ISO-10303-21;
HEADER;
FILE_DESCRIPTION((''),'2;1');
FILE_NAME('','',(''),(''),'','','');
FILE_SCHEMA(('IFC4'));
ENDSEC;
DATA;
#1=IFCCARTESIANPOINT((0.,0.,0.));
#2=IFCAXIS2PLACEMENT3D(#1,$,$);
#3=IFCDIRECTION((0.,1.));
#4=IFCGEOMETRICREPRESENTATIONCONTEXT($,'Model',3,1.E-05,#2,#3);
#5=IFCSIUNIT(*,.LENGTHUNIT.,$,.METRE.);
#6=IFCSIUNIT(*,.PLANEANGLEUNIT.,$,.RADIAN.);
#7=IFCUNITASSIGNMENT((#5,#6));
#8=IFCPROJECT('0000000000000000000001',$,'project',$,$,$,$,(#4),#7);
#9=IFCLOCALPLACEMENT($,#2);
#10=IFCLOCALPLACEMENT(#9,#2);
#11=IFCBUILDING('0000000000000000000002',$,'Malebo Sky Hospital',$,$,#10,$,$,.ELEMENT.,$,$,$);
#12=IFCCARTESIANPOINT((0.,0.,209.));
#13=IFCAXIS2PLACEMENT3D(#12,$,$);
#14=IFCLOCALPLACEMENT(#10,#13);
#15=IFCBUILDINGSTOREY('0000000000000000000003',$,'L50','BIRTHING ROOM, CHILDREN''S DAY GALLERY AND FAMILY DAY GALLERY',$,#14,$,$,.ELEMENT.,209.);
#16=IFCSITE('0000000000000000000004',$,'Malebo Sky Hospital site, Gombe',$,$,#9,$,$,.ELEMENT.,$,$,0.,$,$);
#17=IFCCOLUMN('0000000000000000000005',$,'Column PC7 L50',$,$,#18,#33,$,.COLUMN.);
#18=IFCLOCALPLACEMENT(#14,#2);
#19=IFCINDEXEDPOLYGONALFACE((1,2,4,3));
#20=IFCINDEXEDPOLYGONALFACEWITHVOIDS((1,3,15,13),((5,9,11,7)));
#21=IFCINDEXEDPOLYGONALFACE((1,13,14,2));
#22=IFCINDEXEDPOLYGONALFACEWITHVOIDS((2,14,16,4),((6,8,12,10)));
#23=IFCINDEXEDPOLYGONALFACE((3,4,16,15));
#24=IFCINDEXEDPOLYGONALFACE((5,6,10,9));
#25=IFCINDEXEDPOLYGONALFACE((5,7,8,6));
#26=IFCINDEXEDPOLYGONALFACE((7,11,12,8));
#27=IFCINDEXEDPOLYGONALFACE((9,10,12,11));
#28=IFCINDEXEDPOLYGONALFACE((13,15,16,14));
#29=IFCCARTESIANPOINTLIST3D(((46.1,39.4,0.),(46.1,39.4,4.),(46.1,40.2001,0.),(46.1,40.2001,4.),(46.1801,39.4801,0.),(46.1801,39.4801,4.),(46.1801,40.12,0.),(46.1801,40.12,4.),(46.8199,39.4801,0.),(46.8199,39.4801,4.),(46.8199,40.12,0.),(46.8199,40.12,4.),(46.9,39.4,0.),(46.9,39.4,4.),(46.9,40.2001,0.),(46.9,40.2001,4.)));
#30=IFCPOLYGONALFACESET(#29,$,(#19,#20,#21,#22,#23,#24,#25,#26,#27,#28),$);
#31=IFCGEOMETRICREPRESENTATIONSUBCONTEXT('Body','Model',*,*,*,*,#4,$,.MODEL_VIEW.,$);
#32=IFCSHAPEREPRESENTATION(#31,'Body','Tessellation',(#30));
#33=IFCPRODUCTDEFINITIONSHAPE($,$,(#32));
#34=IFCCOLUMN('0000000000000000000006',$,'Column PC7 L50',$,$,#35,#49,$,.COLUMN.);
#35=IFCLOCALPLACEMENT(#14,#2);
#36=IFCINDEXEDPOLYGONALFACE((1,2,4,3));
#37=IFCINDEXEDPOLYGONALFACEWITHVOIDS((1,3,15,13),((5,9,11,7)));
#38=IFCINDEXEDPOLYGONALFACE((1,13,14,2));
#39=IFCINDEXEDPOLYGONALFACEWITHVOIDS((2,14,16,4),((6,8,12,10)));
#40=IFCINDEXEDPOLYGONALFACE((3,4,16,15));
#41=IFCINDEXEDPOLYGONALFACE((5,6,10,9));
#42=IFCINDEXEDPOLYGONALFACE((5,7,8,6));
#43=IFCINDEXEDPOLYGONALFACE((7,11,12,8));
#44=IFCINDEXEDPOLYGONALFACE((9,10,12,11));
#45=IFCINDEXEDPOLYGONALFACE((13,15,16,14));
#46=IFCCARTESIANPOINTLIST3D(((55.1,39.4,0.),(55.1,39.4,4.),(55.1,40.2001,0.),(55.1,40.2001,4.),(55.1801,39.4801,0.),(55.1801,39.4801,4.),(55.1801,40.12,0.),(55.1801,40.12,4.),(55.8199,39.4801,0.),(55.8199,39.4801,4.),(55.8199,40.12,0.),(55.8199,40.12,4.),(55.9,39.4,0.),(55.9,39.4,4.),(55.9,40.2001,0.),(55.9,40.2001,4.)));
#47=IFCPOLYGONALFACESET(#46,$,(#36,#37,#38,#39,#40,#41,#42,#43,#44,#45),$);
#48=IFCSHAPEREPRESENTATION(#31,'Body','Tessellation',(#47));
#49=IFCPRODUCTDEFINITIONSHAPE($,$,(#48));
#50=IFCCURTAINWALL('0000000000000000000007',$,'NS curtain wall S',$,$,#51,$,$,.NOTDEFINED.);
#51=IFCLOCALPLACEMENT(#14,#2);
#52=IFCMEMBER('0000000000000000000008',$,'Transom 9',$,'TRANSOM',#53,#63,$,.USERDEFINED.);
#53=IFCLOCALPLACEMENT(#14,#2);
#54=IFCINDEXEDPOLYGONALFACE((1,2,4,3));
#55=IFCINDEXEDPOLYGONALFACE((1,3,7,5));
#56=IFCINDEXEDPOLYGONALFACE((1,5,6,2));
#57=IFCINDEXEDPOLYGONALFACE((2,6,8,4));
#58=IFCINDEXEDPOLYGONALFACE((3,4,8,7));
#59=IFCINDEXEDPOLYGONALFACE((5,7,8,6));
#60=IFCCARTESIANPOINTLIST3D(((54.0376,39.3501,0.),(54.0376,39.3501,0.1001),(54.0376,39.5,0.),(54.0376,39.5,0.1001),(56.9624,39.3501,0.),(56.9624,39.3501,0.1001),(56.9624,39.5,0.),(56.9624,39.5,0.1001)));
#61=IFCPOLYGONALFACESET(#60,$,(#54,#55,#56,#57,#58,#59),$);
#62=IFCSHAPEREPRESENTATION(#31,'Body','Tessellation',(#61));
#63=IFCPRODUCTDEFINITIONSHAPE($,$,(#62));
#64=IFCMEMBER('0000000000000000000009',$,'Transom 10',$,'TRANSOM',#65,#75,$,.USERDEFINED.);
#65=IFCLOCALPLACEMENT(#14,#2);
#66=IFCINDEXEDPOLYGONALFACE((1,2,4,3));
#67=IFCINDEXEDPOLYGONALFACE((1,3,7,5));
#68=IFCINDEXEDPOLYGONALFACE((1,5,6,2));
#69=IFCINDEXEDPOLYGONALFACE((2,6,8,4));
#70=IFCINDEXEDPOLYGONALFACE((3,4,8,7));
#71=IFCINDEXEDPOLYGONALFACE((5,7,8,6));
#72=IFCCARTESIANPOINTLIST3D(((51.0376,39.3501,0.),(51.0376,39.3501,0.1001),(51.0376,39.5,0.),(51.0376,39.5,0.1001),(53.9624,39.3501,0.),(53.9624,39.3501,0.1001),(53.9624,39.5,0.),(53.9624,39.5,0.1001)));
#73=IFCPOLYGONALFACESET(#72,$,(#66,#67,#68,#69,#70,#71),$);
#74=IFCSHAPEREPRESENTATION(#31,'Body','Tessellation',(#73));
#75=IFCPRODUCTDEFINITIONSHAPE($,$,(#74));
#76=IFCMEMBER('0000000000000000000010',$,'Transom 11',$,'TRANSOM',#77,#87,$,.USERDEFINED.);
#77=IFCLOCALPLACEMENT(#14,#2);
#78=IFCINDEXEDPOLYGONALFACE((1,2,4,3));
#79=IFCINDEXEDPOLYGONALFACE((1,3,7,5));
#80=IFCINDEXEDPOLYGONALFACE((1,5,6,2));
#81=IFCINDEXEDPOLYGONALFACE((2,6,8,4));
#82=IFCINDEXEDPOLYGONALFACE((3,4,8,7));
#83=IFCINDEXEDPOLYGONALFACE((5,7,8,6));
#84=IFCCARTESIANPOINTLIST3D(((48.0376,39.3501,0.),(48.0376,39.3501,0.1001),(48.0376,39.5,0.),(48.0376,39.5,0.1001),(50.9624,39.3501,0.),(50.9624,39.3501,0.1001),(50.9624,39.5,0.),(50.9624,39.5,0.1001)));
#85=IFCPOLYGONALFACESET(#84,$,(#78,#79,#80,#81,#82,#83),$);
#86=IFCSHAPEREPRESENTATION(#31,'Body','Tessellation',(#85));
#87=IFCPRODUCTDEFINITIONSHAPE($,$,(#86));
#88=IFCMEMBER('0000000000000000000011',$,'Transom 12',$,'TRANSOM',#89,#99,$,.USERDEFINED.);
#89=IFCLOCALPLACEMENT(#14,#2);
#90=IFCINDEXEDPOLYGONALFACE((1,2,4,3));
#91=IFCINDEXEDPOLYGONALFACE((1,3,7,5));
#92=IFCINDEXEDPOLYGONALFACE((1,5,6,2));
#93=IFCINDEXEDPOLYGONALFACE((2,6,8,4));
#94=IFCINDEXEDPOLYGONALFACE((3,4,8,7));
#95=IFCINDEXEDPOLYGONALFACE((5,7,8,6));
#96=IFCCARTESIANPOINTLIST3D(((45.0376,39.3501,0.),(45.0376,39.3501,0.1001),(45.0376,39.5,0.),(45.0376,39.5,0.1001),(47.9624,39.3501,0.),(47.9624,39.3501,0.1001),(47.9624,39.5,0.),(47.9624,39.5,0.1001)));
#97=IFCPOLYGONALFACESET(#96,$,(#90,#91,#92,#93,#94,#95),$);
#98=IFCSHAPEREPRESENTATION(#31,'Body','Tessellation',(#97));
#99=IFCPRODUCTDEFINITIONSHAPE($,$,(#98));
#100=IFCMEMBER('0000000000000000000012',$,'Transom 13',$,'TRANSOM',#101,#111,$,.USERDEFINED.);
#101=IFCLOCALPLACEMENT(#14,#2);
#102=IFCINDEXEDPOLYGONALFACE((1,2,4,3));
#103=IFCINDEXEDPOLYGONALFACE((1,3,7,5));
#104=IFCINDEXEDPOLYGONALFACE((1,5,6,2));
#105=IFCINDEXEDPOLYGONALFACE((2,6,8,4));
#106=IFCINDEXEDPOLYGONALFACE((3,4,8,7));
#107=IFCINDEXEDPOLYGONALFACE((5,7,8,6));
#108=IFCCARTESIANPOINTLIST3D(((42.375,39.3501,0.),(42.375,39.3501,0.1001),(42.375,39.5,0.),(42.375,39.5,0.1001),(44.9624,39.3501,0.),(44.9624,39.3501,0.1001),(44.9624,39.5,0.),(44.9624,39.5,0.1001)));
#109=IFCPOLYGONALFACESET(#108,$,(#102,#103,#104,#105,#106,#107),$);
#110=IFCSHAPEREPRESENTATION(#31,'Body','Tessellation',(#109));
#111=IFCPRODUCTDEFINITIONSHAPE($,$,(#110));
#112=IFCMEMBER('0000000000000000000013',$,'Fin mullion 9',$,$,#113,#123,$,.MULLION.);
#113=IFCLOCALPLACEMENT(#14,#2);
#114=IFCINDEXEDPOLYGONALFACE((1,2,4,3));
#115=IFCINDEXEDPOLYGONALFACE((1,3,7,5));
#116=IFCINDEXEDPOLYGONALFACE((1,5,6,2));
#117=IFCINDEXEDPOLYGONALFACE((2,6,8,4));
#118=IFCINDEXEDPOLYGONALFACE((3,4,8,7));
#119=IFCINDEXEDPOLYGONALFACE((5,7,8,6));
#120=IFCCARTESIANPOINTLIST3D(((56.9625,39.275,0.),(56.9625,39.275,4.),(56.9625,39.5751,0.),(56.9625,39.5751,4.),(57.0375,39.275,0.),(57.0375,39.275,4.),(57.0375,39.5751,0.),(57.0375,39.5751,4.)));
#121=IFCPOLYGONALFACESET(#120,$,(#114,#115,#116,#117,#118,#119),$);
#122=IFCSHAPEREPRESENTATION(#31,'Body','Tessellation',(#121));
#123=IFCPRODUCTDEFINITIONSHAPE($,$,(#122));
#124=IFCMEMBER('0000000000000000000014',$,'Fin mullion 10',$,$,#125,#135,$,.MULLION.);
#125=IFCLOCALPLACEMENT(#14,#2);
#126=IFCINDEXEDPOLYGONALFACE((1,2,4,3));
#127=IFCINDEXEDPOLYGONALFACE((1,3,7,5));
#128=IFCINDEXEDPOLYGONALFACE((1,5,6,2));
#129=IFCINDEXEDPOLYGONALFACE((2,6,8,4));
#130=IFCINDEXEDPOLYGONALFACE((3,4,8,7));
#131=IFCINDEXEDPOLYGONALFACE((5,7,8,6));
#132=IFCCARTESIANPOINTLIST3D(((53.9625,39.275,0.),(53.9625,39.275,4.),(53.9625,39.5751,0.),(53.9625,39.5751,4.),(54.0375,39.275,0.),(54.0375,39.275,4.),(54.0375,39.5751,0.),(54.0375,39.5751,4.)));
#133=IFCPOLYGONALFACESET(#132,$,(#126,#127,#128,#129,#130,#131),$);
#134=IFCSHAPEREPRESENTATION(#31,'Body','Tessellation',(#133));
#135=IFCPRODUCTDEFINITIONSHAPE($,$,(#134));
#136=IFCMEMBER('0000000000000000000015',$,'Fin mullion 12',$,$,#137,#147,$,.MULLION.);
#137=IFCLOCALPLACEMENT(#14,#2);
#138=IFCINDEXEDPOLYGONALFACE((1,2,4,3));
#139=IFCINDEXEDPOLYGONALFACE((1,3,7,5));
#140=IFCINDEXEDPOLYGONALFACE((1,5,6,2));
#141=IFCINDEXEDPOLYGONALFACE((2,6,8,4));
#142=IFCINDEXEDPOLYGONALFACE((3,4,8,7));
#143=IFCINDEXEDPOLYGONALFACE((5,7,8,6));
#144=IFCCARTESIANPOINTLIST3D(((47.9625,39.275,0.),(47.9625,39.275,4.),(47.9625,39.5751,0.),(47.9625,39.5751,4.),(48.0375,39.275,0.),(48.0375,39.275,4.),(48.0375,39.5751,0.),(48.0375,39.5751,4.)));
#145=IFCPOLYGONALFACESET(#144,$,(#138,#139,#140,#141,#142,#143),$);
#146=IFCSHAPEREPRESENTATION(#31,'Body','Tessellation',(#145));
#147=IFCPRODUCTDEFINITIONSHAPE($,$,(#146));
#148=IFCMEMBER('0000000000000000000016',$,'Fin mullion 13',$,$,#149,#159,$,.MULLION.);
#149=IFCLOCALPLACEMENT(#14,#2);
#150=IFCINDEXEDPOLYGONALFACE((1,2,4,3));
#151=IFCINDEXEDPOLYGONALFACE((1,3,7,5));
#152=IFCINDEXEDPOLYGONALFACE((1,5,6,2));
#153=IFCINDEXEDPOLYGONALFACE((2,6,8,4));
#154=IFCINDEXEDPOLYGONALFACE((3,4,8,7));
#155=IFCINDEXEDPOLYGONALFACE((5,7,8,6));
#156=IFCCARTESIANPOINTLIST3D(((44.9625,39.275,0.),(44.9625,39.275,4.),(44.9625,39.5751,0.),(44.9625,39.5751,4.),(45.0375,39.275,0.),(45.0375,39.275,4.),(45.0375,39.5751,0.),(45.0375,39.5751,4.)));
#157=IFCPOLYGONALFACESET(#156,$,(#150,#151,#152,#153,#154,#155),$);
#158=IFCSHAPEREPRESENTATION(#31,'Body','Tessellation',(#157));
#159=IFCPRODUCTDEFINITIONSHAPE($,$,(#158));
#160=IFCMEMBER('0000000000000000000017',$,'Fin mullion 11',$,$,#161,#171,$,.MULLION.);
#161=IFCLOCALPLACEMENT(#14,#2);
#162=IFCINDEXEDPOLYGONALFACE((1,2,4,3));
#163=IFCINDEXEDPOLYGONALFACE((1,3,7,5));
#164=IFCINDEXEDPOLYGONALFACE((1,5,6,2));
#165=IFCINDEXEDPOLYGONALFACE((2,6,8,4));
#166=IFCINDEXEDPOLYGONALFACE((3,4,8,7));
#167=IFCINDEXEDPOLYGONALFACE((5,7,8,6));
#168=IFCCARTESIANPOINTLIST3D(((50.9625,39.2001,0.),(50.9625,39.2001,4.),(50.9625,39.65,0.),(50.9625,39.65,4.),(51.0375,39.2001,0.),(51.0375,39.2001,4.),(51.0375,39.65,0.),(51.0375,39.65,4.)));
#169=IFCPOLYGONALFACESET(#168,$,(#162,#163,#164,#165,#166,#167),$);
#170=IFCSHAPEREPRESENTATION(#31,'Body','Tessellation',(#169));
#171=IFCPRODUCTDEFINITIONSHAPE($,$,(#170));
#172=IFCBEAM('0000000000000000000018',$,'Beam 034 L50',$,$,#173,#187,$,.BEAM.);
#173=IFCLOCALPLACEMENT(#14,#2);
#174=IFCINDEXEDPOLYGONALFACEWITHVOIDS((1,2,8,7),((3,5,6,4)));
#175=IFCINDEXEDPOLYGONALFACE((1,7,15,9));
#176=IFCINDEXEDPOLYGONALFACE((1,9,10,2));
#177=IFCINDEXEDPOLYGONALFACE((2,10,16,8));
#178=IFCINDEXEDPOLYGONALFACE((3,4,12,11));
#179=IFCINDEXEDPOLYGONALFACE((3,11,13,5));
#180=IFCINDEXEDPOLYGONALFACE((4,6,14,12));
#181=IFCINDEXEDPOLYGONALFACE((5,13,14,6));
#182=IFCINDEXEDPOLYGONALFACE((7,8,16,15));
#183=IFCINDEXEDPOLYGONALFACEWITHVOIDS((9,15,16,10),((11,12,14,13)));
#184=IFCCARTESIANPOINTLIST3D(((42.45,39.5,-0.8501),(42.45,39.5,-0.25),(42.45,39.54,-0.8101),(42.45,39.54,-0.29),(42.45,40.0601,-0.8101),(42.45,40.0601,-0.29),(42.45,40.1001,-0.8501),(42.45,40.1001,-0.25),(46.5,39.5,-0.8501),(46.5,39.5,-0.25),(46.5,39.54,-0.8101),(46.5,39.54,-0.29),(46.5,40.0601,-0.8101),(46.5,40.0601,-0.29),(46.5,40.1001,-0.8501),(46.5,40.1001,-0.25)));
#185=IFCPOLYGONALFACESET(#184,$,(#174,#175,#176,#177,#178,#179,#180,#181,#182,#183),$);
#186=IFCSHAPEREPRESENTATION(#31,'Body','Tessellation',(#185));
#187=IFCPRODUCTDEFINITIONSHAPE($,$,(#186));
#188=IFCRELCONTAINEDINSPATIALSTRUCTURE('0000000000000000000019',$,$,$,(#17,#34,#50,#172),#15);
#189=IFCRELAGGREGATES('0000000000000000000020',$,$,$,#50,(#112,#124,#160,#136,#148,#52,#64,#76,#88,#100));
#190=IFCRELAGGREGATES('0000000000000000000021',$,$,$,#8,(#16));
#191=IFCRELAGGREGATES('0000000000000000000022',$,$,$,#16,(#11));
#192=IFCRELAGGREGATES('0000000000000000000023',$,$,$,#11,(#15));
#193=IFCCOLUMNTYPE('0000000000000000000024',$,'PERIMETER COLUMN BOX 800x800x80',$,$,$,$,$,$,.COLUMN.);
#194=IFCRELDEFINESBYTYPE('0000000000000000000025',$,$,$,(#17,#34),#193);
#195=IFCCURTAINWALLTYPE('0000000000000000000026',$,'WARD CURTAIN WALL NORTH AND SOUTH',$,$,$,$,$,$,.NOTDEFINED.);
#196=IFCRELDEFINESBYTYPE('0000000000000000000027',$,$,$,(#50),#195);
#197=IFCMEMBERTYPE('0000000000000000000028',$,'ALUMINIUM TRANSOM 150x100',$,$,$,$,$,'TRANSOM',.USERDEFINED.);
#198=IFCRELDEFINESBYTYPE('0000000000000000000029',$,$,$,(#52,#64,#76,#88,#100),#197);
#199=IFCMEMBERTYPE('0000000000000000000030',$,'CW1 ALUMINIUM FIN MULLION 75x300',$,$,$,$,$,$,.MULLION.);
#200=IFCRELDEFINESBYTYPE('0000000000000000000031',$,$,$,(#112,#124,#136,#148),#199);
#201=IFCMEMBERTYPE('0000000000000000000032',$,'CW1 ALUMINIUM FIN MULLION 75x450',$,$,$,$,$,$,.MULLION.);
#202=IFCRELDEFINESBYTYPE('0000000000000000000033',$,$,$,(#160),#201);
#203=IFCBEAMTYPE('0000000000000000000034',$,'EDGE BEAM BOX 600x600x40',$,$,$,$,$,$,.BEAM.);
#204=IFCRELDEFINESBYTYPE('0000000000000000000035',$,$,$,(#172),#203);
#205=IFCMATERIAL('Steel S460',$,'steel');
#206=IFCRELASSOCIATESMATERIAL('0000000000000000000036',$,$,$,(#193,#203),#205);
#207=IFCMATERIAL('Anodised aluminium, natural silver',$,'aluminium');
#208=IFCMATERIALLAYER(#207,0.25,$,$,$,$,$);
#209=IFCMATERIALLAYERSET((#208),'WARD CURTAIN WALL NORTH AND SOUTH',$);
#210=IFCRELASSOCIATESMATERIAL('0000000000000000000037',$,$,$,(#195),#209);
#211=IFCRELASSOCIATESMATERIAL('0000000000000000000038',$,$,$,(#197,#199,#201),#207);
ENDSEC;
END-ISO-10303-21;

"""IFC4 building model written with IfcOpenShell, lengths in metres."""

from ifc_helpers import new_model, si_unit, direction, frame, origin, origin_2d, place, context, subcontext, project, spatial, rectangle, hollow_rectangle, extrude, material, layer, layer_set, material_profile, profile_set, type_object, element, aggregate, save


model = new_model("IFC4")

# Units and contexts
model_context = context("Model", 3, precision=1e-05, world=origin(), true_north=direction((0.0, 1.0)))
body_context = subcontext(model_context, "Body", "Model", "MODEL_VIEW")
ifc_project = project(units=[si_unit("LENGTHUNIT", "METRE"), si_unit("PLANEANGLEUNIT", "RADIAN")], contexts=[model_context])

# Site, building, storey
site_placement = place(None, origin())
site = spatial("IfcSite", under=ifc_project, at=site_placement, Name="Malebo Sky Hospital site, Gombe", CompositionType="ELEMENT", RefElevation=0.0)
building_placement = place(site_placement, origin())
building = spatial("IfcBuilding", under=site, at=building_placement, Name="Malebo Sky Hospital", CompositionType="ELEMENT")
storey_placement = place(building_placement, frame((0.0, 0.0, 209.0)))
storey = spatial("IfcBuildingStorey", under=building, at=storey_placement, Name="L50", Description="BIRTHING ROOM, CHILDREN'S DAY GALLERY AND FAMILY DAY GALLERY", CompositionType="ELEMENT", Elevation=209.0)

# Columns
ifc_material_1 = material(Name="Steel S460", Category="steel")
ifc_material_profile_1 = material_profile(ifc_material_1, hollow_rectangle(XDim=0.8, YDim=0.8, WallThickness=0.0801, at=origin_2d()), Name="BOX 800x800x80")
ifc_profile_set_1 = profile_set([ifc_material_profile_1], Name="Steel S460")
column_type = type_object("IfcColumnType", Name="PERIMETER COLUMN BOX 800x800x80", PredefinedType="COLUMN", material=ifc_profile_set_1)
for number, where, z_axis, x_axis, name in (
    (1, (46.5, 39.8, 0.0), (0.0, 0.0, 1.0), (1.0, 0.0, 0.0), "Column PC7 L50"),
    (2, (55.5, 39.8, 0.0), (0.0, 0.0, 1.0), (1.0, 0.0, 0.0), "Column PC7 L50"),
):
    element("IfcColumn", number, at=place(storey_placement, frame(where, z_axis=z_axis, x_axis=x_axis)), inside=storey, type_object=column_type, Name=name, PredefinedType="COLUMN", context=body_context, shape_type="SweptSolid", body=[
        extrude(hollow_rectangle(XDim=0.8, YDim=0.8, WallThickness=0.0801, at=origin_2d()), origin(), (0.0, 0.0, 1.0), 4.0),
    ])

# Curtain wall, members
ifc_material_2 = material(Name="Anodised aluminium, natural silver", Category="aluminium")
ifc_layer_1 = layer(ifc_material_2, 0.25)
ifc_layer_set_1 = layer_set([ifc_layer_1], Name="WARD CURTAIN WALL NORTH AND SOUTH")
curtain_wall_type = type_object("IfcCurtainWallType", Name="WARD CURTAIN WALL NORTH AND SOUTH", PredefinedType="NOTDEFINED", material=ifc_layer_set_1)
curtain_wall_placement = place(storey_placement, origin())
curtain_wall = element("IfcCurtainWall", 3, at=curtain_wall_placement, inside=storey, type_object=curtain_wall_type, Name="NS curtain wall S", PredefinedType="NOTDEFINED")
ifc_material_profile_2 = material_profile(ifc_material_2, rectangle(XDim=0.1499, YDim=0.1001, at=origin_2d()), Name="ALUMINIUM TRANSOM 150x100")
ifc_profile_set_2 = profile_set([ifc_material_profile_2], Name="Anodised aluminium, natural silver")
member_type_1 = type_object("IfcMemberType", Name="ALUMINIUM TRANSOM 150x100", ElementType="TRANSOM", PredefinedType="USERDEFINED", material=ifc_profile_set_2)
member_1_placement = place(storey_placement, frame((56.9624, 39.425, 0.05), z_axis=(-1.0, 0.0, 0.0), x_axis=(0.0, -1.0, 0.0)))
member_1 = element("IfcMember", 4, at=member_1_placement, type_object=member_type_1, Name="Transom 9", ObjectType="TRANSOM", PredefinedType="USERDEFINED", context=body_context, shape_type="SweptSolid", body=[
    extrude(rectangle(XDim=0.1499, YDim=0.1001, at=origin_2d()), origin(), (0.0, 0.0, 1.0), 2.9248),
])
member_2_placement = place(storey_placement, frame((53.9624, 39.425, 0.05), z_axis=(-1.0, 0.0, 0.0), x_axis=(0.0, -1.0, 0.0)))
member_2 = element("IfcMember", 5, at=member_2_placement, type_object=member_type_1, Name="Transom 10", ObjectType="TRANSOM", PredefinedType="USERDEFINED", context=body_context, shape_type="SweptSolid", body=[
    extrude(rectangle(XDim=0.1499, YDim=0.1001, at=origin_2d()), origin(), (0.0, 0.0, 1.0), 2.9248),
])
member_3_placement = place(storey_placement, frame((50.9624, 39.425, 0.05), z_axis=(-1.0, 0.0, 0.0), x_axis=(0.0, -1.0, 0.0)))
member_3 = element("IfcMember", 6, at=member_3_placement, type_object=member_type_1, Name="Transom 11", ObjectType="TRANSOM", PredefinedType="USERDEFINED", context=body_context, shape_type="SweptSolid", body=[
    extrude(rectangle(XDim=0.1499, YDim=0.1001, at=origin_2d()), origin(), (0.0, 0.0, 1.0), 2.9248),
])
member_4_placement = place(storey_placement, frame((47.9624, 39.425, 0.05), z_axis=(-1.0, 0.0, 0.0), x_axis=(0.0, -1.0, 0.0)))
member_4 = element("IfcMember", 7, at=member_4_placement, type_object=member_type_1, Name="Transom 12", ObjectType="TRANSOM", PredefinedType="USERDEFINED", context=body_context, shape_type="SweptSolid", body=[
    extrude(rectangle(XDim=0.1499, YDim=0.1001, at=origin_2d()), origin(), (0.0, 0.0, 1.0), 2.9248),
])
member_5_placement = place(storey_placement, frame((44.9624, 39.425, 0.05), z_axis=(-1.0, 0.0, 0.0), x_axis=(0.0, -1.0, 0.0)))
member_5 = element("IfcMember", 8, at=member_5_placement, type_object=member_type_1, Name="Transom 13", ObjectType="TRANSOM", PredefinedType="USERDEFINED", context=body_context, shape_type="SweptSolid", body=[
    extrude(rectangle(XDim=0.1499, YDim=0.1001, at=origin_2d()), origin(), (0.0, 0.0, 1.0), 2.5874),
])
ifc_material_profile_3 = material_profile(ifc_material_2, rectangle(XDim=0.075, YDim=0.3, at=origin_2d()), Name="CW1 ALUMINIUM FIN MULLION 75x300")
ifc_profile_set_3 = profile_set([ifc_material_profile_3], Name="Anodised aluminium, natural silver")
member_type_2 = type_object("IfcMemberType", Name="CW1 ALUMINIUM FIN MULLION 75x300", PredefinedType="MULLION", material=ifc_profile_set_3)
member_6_placement = place(storey_placement, frame((57.0, 39.425, 0.0), z_axis=(0.0, 0.0, 1.0), x_axis=(-1.0, 0.0, 0.0)))
member_6 = element("IfcMember", 9, at=member_6_placement, type_object=member_type_2, Name="Fin mullion 9", PredefinedType="MULLION", context=body_context, shape_type="SweptSolid", body=[
    extrude(rectangle(XDim=0.075, YDim=0.3, at=origin_2d()), origin(), (0.0, 0.0, 1.0), 4.0),
])
member_7_placement = place(storey_placement, frame((54.0, 39.425, 0.0), z_axis=(0.0, 0.0, 1.0), x_axis=(-1.0, 0.0, 0.0)))
member_7 = element("IfcMember", 10, at=member_7_placement, type_object=member_type_2, Name="Fin mullion 10", PredefinedType="MULLION", context=body_context, shape_type="SweptSolid", body=[
    extrude(rectangle(XDim=0.075, YDim=0.3, at=origin_2d()), origin(), (0.0, 0.0, 1.0), 4.0),
])
member_8_placement = place(storey_placement, frame((48.0, 39.425, 0.0), z_axis=(0.0, 0.0, 1.0), x_axis=(-1.0, 0.0, 0.0)))
member_8 = element("IfcMember", 11, at=member_8_placement, type_object=member_type_2, Name="Fin mullion 12", PredefinedType="MULLION", context=body_context, shape_type="SweptSolid", body=[
    extrude(rectangle(XDim=0.075, YDim=0.3, at=origin_2d()), origin(), (0.0, 0.0, 1.0), 4.0),
])
member_9_placement = place(storey_placement, frame((45.0, 39.425, 0.0), z_axis=(0.0, 0.0, 1.0), x_axis=(-1.0, 0.0, 0.0)))
member_9 = element("IfcMember", 12, at=member_9_placement, type_object=member_type_2, Name="Fin mullion 13", PredefinedType="MULLION", context=body_context, shape_type="SweptSolid", body=[
    extrude(rectangle(XDim=0.075, YDim=0.3, at=origin_2d()), origin(), (0.0, 0.0, 1.0), 4.0),
])
ifc_material_profile_4 = material_profile(ifc_material_2, rectangle(XDim=0.075, YDim=0.45, at=origin_2d()), Name="CW1 ALUMINIUM FIN MULLION 75x450")
ifc_profile_set_4 = profile_set([ifc_material_profile_4], Name="Anodised aluminium, natural silver")
member_type_3 = type_object("IfcMemberType", Name="CW1 ALUMINIUM FIN MULLION 75x450", PredefinedType="MULLION", material=ifc_profile_set_4)
member_10_placement = place(storey_placement, frame((51.0, 39.425, 0.0), z_axis=(0.0, 0.0, 1.0), x_axis=(-1.0, 0.0, 0.0)))
member_10 = element("IfcMember", 13, at=member_10_placement, type_object=member_type_3, Name="Fin mullion 11", PredefinedType="MULLION", context=body_context, shape_type="SweptSolid", body=[
    extrude(rectangle(XDim=0.075, YDim=0.45, at=origin_2d()), origin(), (0.0, 0.0, 1.0), 4.0),
])

# Beam
ifc_material_profile_5 = material_profile(ifc_material_1, hollow_rectangle(XDim=0.6001, YDim=0.6001, WallThickness=0.04, at=origin_2d()), Name="BOX 600x600x40")
ifc_profile_set_5 = profile_set([ifc_material_profile_5], Name="Steel S460")
beam_type_1 = type_object("IfcBeamType", Name="EDGE BEAM BOX 600x600x40", PredefinedType="BEAM", material=ifc_profile_set_5)
beam_1_placement = place(storey_placement, frame((42.45, 39.8, -0.55), z_axis=(1.0, 0.0, 0.0), x_axis=(0.0, 1.0, 0.0)))
element("IfcBeam", 14, at=beam_1_placement, inside=storey, type_object=beam_type_1, Name="Beam 034 L50", PredefinedType="BEAM", context=body_context, shape_type="SweptSolid", body=[
    extrude(hollow_rectangle(XDim=0.6001, YDim=0.6001, WallThickness=0.04, at=origin_2d()), origin(), (0.0, 0.0, 1.0), 4.05),
])

aggregate(curtain_wall, [member_6, member_7, member_10, member_8, member_9, member_1, member_2, member_3, member_4, member_5])

save(model, "model.ifc")
